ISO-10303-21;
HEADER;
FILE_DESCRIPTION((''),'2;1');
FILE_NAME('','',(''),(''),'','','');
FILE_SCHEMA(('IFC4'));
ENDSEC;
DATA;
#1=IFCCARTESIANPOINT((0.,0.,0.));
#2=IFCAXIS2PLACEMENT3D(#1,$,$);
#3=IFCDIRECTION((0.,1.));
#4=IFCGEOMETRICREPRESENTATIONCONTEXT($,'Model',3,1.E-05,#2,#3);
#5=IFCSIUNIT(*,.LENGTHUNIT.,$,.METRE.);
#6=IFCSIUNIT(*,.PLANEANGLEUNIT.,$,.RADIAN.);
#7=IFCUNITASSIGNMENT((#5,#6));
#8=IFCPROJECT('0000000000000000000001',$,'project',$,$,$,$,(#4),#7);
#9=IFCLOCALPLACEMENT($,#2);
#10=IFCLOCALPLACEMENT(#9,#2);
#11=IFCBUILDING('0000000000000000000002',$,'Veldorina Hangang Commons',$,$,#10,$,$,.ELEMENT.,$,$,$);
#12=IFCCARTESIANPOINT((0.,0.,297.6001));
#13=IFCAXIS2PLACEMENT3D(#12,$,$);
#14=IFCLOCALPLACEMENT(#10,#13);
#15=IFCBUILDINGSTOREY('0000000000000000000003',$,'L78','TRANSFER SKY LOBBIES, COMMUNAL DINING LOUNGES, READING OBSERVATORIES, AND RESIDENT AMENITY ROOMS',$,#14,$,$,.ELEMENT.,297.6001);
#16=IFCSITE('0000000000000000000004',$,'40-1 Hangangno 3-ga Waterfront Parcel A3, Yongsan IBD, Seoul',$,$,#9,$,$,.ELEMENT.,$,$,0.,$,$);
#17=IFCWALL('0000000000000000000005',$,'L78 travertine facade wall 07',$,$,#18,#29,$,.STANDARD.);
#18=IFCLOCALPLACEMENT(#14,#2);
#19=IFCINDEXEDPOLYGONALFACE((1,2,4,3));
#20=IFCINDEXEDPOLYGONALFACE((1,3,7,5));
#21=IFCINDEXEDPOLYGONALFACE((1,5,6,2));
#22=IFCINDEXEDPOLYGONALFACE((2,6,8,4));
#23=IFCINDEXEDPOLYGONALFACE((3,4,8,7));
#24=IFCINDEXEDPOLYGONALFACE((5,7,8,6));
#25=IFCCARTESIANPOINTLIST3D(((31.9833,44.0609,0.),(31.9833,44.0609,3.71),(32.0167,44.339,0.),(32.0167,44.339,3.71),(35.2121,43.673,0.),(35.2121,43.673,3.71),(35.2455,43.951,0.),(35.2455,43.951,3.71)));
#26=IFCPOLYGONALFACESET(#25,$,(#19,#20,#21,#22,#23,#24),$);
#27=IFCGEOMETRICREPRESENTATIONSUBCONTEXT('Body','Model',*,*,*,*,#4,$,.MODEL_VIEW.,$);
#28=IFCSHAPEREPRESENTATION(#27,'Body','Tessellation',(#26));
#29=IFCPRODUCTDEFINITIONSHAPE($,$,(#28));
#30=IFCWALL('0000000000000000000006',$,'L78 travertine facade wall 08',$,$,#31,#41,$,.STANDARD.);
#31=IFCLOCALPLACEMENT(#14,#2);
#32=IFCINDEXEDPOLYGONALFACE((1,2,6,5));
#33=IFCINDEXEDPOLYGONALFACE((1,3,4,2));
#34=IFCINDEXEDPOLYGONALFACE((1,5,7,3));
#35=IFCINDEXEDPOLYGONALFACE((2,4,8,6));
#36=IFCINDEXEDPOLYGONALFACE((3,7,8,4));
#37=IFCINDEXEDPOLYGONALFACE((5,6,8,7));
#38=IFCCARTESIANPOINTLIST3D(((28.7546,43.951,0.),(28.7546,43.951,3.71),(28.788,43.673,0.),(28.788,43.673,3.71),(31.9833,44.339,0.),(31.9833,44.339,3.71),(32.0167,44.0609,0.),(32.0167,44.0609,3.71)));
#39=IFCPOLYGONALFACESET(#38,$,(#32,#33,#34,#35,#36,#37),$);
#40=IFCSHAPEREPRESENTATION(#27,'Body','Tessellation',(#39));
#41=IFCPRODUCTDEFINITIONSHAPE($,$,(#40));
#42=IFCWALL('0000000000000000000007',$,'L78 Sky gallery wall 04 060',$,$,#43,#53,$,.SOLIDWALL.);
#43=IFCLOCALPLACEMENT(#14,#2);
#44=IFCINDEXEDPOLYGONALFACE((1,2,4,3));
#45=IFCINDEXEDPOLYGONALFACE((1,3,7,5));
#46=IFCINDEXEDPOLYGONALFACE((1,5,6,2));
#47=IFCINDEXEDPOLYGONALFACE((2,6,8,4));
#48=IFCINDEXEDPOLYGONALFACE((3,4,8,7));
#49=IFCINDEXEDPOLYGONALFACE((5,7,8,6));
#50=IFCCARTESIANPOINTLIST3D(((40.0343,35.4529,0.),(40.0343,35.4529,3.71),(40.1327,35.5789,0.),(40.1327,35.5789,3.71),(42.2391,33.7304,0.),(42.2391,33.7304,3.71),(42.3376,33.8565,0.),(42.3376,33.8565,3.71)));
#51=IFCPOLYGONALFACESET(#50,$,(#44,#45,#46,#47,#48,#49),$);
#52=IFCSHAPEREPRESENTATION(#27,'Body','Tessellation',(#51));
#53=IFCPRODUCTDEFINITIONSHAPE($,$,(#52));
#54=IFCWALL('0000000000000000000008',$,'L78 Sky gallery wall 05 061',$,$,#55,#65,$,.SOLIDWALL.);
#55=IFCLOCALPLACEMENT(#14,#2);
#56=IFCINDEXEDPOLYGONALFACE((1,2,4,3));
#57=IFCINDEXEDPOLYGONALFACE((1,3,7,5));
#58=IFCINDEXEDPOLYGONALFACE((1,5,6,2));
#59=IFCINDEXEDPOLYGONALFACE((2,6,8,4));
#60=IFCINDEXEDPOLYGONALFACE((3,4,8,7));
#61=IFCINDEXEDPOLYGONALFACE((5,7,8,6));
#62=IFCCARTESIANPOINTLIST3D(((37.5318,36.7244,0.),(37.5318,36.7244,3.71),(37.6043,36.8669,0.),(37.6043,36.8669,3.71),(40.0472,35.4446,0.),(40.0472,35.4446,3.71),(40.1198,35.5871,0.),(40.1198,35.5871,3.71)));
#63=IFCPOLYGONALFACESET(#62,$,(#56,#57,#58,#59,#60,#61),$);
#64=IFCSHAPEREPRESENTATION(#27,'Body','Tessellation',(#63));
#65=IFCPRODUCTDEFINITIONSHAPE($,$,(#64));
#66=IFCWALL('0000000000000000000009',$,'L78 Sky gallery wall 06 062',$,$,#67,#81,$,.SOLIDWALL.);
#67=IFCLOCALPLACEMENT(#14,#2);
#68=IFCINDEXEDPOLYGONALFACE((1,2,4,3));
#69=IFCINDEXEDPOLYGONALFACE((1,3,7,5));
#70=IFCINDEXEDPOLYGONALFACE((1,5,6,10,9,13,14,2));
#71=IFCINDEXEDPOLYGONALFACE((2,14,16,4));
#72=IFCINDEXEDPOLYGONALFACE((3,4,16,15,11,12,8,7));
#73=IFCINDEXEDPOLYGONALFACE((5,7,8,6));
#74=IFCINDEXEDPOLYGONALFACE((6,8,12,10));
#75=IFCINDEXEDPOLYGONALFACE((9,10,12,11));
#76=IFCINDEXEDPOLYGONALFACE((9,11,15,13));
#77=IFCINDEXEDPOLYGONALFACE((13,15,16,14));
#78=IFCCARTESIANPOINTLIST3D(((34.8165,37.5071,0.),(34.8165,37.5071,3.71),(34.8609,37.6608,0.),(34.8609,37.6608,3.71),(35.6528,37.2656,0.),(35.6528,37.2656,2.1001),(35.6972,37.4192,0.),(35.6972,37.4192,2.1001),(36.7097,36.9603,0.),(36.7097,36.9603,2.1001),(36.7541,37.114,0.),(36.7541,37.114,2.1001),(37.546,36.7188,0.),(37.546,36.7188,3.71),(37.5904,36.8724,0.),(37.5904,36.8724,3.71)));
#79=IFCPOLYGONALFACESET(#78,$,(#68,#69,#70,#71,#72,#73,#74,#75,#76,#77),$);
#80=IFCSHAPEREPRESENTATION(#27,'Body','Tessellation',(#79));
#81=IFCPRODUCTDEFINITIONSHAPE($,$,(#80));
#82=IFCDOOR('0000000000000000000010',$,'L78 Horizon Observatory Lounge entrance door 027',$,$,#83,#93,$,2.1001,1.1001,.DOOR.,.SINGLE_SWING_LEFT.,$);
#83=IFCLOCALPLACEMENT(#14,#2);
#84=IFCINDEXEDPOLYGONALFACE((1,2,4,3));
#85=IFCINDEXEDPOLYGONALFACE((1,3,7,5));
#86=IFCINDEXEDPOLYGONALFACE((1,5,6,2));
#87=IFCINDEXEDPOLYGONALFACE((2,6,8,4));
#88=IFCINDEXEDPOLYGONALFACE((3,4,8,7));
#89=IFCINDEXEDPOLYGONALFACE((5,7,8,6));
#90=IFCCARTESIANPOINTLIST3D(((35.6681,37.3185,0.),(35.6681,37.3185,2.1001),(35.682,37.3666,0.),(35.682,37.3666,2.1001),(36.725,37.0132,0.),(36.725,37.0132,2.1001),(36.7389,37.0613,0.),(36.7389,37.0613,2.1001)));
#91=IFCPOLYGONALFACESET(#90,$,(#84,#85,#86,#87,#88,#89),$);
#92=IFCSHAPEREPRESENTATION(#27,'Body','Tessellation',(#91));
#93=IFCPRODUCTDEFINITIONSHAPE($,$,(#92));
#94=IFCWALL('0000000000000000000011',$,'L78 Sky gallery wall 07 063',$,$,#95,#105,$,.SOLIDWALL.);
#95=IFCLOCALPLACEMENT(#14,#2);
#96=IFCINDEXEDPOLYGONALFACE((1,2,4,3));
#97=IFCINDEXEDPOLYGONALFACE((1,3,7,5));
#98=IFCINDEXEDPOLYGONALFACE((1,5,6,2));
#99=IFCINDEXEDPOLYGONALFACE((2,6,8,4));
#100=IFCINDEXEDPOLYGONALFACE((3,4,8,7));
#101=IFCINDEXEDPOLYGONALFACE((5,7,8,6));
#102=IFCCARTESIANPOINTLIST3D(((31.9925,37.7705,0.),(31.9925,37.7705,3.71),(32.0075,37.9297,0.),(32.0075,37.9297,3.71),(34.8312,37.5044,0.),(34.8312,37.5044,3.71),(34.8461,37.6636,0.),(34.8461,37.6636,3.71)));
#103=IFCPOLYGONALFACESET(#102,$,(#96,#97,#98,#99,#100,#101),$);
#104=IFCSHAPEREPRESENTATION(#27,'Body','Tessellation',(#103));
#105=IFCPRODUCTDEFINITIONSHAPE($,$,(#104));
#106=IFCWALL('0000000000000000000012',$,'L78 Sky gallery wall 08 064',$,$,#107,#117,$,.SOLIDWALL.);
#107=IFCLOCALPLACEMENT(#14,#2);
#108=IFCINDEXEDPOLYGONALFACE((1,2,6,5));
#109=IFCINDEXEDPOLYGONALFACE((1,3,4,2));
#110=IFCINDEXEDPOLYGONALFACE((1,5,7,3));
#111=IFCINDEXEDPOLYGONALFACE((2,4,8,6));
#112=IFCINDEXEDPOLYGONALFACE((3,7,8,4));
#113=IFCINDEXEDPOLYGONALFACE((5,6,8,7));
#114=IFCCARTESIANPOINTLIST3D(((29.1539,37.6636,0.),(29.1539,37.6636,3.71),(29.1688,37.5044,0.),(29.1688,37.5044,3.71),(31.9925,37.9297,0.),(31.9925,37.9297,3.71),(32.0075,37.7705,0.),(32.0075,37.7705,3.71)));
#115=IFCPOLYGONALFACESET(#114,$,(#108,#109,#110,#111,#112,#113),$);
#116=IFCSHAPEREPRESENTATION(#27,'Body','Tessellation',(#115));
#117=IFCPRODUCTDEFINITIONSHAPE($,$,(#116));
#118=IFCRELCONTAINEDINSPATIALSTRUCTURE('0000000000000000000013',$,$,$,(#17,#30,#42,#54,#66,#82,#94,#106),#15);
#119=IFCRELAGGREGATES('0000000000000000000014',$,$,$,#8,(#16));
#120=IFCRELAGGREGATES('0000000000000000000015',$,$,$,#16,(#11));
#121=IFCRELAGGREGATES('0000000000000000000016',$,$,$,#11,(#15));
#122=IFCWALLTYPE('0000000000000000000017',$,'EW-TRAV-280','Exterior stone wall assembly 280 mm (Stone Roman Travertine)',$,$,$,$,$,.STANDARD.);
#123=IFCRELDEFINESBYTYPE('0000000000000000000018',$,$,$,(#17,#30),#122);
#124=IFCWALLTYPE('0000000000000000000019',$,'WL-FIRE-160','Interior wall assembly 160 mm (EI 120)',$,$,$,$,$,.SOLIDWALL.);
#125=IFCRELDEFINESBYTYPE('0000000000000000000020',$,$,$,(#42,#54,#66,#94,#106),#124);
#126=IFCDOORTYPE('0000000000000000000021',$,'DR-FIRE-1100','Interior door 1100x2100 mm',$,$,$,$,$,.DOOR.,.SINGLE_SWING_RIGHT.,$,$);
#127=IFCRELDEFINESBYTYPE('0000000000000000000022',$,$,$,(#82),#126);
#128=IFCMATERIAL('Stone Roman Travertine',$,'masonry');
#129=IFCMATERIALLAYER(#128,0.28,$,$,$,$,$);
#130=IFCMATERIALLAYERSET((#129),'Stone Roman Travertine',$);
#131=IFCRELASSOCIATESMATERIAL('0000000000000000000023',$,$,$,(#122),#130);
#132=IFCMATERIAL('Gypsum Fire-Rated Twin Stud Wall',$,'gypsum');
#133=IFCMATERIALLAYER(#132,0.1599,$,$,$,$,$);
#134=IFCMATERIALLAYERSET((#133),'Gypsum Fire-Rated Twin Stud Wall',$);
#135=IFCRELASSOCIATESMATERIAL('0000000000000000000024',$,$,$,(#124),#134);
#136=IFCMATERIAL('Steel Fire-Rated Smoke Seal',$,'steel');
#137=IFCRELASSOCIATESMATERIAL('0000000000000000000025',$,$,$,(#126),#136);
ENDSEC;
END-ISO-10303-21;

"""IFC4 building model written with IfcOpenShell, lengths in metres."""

from ifc_helpers import new_model, si_unit, direction, frame, frame_2d, origin, place, context, subcontext, project, spatial, rectangle, extrude, material, layer, layer_set, type_object, element, fill, save


model = new_model("IFC4")

# Units and contexts
model_context = context("Model", 3, precision=1e-05, world=origin(), true_north=direction((0.0, 1.0)))
body_context = subcontext(model_context, "Body", "Model", "MODEL_VIEW")
ifc_project = project(units=[si_unit("LENGTHUNIT", "METRE"), si_unit("PLANEANGLEUNIT", "RADIAN")], contexts=[model_context])

# Site, building, storey
site_placement = place(None, origin())
site = spatial("IfcSite", under=ifc_project, at=site_placement, Name="40-1 Hangangno 3-ga Waterfront Parcel A3, Yongsan IBD, Seoul", CompositionType="ELEMENT", RefElevation=0.0)
building_placement = place(site_placement, origin())
building = spatial("IfcBuilding", under=site, at=building_placement, Name="Veldorina Hangang Commons", CompositionType="ELEMENT")
storey_placement = place(building_placement, frame((0.0, 0.0, 297.6001)))
storey = spatial("IfcBuildingStorey", under=building, at=storey_placement, Name="L78", Description="TRANSFER SKY LOBBIES, COMMUNAL DINING LOUNGES, READING OBSERVATORIES, AND RESIDENT AMENITY ROOMS", CompositionType="ELEMENT", Elevation=297.6001)

# Walls
ifc_material_1 = material(Name="Stone Roman Travertine", Category="masonry")
ifc_layer_1 = layer(ifc_material_1, 0.28)
ifc_layer_set_1 = layer_set([ifc_layer_1], Name="Stone Roman Travertine")
wall_type_1 = type_object("IfcWallType", Name="EW-TRAV-280", Description="Exterior stone wall assembly 280 mm (Stone Roman Travertine)", PredefinedType="STANDARD", material=ifc_layer_set_1)
for number, where, z_axis, x_axis, name in (
    (1, (35.2288, 43.812, 0.0), (0.0, 0.0, 1.0), (-0.992859, 0.119293, 0.0), "L78 travertine facade wall 07"),
    (2, (32.0, 44.2, 0.0), (0.0, 0.0, 1.0), (-0.992859, -0.119293, 0.0), "L78 travertine facade wall 08"),
):
    element("IfcWall", number, at=place(storey_placement, frame(where, z_axis=z_axis, x_axis=x_axis)), inside=storey, type_object=wall_type_1, Name=name, PredefinedType="STANDARD", context=body_context, shape_type="SweptSolid", body=[
        extrude(rectangle(XDim=3.252, YDim=0.28, at=frame_2d((1.626, 0.0))), origin(), (0.0, 0.0, 1.0), 3.71),
    ])
ifc_material_2 = material(Name="Gypsum Fire-Rated Twin Stud Wall", Category="gypsum")
ifc_layer_2 = layer(ifc_material_2, 0.1599)
ifc_layer_set_2 = layer_set([ifc_layer_2], Name="Gypsum Fire-Rated Twin Stud Wall")
wall_type_2 = type_object("IfcWallType", Name="WL-FIRE-160", Description="Interior wall assembly 160 mm (EI 120)", PredefinedType="SOLIDWALL", material=ifc_layer_set_2)
wall_1_placement = place(storey_placement, frame((42.2883, 33.7935, 0.0), z_axis=(0.0, 0.0, 1.0), x_axis=(-0.788044, 0.615619, 0.0)))
element("IfcWall", 3, at=wall_1_placement, inside=storey, type_object=wall_type_2, Name="L78 Sky gallery wall 04 060", PredefinedType="SOLIDWALL", context=body_context, shape_type="SweptSolid", body=[
    extrude(rectangle(XDim=2.7979, YDim=0.1599, at=frame_2d((1.3989, 0.0))), origin(), (0.0, 0.0, 1.0), 3.71),
])
wall_2_placement = place(storey_placement, frame((40.0835, 35.5159, 0.0), z_axis=(0.0, 0.0, 1.0), x_axis=(-0.891274, 0.453466, 0.0)))
element("IfcWall", 4, at=wall_2_placement, inside=storey, type_object=wall_type_2, Name="L78 Sky gallery wall 05 061", PredefinedType="SOLIDWALL", context=body_context, shape_type="SweptSolid", body=[
    extrude(rectangle(XDim=2.8223, YDim=0.1599, at=frame_2d((1.4111, 0.0))), origin(), (0.0, 0.0, 1.0), 3.71),
])

# Wall, opening, door
wall_3_placement = place(storey_placement, frame((37.5681, 36.7957, 0.0), z_axis=(0.0, 0.0, 1.0), x_axis=(-0.960732, 0.277478, 0.0)))
wall_3 = element("IfcWall", 5, at=wall_3_placement, inside=storey, type_object=wall_type_2, Name="L78 Sky gallery wall 06 062", PredefinedType="SOLIDWALL", context=body_context, shape_type="SweptSolid", body=[
    extrude(rectangle(XDim=2.8411, YDim=0.1599, at=frame_2d((1.4204, 0.0))), origin(), (0.0, 0.0, 1.0), 3.71),
])
opening_placement = place(wall_3_placement, frame((0.8704, 0.0, 0.0)))
opening = element("IfcOpeningElement", 6, at=opening_placement, cuts=wall_3, PredefinedType="OPENING", context=body_context, shape_type="SweptSolid", body=[
    extrude(rectangle(XDim=1.1001, YDim=2.1001, at=frame_2d((0.55, 1.05))), frame((0.0, 0.0898, 0.0), z_axis=(0.0, -1.0, 0.0), x_axis=(1.0, 0.0, 0.0)), (0.0, 0.0, 1.0), 0.1799),
])
ifc_material_3 = material(Name="Steel Fire-Rated Smoke Seal", Category="steel")
door_type = type_object("IfcDoorType", Name="DR-FIRE-1100", Description="Interior door 1100x2100 mm", OperationType="SINGLE_SWING_RIGHT", PredefinedType="DOOR", material=ifc_material_3)
door_placement = place(opening_placement, origin())
door = element("IfcDoor", 7, at=door_placement, inside=storey, type_object=door_type, Name="L78 Horizon Observatory Lounge entrance door 027", OperationType="SINGLE_SWING_LEFT", OverallHeight=2.1001, OverallWidth=1.1001, PredefinedType="DOOR", context=body_context, shape_type="SweptSolid", body=[
    extrude(rectangle(XDim=1.1001, YDim=2.1001, at=frame_2d((0.55, 1.05))), frame((0.0, 0.0249, 0.0), z_axis=(0.0, -1.0, 0.0), x_axis=(1.0, 0.0, 0.0)), (0.0, 0.0, 1.0), 0.05),
])
fill(opening, door)

# Walls
for number, where, z_axis, x_axis, name in (
    (8, (34.8386, 37.584, 0.0), (0.0, 0.0, 1.0), (-0.995634, 0.093338, 0.0), "L78 Sky gallery wall 07 063"),
    (9, (32.0, 37.8501, 0.0), (0.0, 0.0, 1.0), (-0.995634, -0.093338, 0.0), "L78 Sky gallery wall 08 064"),
):
    element("IfcWall", number, at=place(storey_placement, frame(where, z_axis=z_axis, x_axis=x_axis)), inside=storey, type_object=wall_type_2, Name=name, PredefinedType="SOLIDWALL", context=body_context, shape_type="SweptSolid", body=[
        extrude(rectangle(XDim=2.8511, YDim=0.1599, at=frame_2d((1.4255, 0.0))), origin(), (0.0, 0.0, 1.0), 3.71),
    ])

save(model, "model.ifc")
